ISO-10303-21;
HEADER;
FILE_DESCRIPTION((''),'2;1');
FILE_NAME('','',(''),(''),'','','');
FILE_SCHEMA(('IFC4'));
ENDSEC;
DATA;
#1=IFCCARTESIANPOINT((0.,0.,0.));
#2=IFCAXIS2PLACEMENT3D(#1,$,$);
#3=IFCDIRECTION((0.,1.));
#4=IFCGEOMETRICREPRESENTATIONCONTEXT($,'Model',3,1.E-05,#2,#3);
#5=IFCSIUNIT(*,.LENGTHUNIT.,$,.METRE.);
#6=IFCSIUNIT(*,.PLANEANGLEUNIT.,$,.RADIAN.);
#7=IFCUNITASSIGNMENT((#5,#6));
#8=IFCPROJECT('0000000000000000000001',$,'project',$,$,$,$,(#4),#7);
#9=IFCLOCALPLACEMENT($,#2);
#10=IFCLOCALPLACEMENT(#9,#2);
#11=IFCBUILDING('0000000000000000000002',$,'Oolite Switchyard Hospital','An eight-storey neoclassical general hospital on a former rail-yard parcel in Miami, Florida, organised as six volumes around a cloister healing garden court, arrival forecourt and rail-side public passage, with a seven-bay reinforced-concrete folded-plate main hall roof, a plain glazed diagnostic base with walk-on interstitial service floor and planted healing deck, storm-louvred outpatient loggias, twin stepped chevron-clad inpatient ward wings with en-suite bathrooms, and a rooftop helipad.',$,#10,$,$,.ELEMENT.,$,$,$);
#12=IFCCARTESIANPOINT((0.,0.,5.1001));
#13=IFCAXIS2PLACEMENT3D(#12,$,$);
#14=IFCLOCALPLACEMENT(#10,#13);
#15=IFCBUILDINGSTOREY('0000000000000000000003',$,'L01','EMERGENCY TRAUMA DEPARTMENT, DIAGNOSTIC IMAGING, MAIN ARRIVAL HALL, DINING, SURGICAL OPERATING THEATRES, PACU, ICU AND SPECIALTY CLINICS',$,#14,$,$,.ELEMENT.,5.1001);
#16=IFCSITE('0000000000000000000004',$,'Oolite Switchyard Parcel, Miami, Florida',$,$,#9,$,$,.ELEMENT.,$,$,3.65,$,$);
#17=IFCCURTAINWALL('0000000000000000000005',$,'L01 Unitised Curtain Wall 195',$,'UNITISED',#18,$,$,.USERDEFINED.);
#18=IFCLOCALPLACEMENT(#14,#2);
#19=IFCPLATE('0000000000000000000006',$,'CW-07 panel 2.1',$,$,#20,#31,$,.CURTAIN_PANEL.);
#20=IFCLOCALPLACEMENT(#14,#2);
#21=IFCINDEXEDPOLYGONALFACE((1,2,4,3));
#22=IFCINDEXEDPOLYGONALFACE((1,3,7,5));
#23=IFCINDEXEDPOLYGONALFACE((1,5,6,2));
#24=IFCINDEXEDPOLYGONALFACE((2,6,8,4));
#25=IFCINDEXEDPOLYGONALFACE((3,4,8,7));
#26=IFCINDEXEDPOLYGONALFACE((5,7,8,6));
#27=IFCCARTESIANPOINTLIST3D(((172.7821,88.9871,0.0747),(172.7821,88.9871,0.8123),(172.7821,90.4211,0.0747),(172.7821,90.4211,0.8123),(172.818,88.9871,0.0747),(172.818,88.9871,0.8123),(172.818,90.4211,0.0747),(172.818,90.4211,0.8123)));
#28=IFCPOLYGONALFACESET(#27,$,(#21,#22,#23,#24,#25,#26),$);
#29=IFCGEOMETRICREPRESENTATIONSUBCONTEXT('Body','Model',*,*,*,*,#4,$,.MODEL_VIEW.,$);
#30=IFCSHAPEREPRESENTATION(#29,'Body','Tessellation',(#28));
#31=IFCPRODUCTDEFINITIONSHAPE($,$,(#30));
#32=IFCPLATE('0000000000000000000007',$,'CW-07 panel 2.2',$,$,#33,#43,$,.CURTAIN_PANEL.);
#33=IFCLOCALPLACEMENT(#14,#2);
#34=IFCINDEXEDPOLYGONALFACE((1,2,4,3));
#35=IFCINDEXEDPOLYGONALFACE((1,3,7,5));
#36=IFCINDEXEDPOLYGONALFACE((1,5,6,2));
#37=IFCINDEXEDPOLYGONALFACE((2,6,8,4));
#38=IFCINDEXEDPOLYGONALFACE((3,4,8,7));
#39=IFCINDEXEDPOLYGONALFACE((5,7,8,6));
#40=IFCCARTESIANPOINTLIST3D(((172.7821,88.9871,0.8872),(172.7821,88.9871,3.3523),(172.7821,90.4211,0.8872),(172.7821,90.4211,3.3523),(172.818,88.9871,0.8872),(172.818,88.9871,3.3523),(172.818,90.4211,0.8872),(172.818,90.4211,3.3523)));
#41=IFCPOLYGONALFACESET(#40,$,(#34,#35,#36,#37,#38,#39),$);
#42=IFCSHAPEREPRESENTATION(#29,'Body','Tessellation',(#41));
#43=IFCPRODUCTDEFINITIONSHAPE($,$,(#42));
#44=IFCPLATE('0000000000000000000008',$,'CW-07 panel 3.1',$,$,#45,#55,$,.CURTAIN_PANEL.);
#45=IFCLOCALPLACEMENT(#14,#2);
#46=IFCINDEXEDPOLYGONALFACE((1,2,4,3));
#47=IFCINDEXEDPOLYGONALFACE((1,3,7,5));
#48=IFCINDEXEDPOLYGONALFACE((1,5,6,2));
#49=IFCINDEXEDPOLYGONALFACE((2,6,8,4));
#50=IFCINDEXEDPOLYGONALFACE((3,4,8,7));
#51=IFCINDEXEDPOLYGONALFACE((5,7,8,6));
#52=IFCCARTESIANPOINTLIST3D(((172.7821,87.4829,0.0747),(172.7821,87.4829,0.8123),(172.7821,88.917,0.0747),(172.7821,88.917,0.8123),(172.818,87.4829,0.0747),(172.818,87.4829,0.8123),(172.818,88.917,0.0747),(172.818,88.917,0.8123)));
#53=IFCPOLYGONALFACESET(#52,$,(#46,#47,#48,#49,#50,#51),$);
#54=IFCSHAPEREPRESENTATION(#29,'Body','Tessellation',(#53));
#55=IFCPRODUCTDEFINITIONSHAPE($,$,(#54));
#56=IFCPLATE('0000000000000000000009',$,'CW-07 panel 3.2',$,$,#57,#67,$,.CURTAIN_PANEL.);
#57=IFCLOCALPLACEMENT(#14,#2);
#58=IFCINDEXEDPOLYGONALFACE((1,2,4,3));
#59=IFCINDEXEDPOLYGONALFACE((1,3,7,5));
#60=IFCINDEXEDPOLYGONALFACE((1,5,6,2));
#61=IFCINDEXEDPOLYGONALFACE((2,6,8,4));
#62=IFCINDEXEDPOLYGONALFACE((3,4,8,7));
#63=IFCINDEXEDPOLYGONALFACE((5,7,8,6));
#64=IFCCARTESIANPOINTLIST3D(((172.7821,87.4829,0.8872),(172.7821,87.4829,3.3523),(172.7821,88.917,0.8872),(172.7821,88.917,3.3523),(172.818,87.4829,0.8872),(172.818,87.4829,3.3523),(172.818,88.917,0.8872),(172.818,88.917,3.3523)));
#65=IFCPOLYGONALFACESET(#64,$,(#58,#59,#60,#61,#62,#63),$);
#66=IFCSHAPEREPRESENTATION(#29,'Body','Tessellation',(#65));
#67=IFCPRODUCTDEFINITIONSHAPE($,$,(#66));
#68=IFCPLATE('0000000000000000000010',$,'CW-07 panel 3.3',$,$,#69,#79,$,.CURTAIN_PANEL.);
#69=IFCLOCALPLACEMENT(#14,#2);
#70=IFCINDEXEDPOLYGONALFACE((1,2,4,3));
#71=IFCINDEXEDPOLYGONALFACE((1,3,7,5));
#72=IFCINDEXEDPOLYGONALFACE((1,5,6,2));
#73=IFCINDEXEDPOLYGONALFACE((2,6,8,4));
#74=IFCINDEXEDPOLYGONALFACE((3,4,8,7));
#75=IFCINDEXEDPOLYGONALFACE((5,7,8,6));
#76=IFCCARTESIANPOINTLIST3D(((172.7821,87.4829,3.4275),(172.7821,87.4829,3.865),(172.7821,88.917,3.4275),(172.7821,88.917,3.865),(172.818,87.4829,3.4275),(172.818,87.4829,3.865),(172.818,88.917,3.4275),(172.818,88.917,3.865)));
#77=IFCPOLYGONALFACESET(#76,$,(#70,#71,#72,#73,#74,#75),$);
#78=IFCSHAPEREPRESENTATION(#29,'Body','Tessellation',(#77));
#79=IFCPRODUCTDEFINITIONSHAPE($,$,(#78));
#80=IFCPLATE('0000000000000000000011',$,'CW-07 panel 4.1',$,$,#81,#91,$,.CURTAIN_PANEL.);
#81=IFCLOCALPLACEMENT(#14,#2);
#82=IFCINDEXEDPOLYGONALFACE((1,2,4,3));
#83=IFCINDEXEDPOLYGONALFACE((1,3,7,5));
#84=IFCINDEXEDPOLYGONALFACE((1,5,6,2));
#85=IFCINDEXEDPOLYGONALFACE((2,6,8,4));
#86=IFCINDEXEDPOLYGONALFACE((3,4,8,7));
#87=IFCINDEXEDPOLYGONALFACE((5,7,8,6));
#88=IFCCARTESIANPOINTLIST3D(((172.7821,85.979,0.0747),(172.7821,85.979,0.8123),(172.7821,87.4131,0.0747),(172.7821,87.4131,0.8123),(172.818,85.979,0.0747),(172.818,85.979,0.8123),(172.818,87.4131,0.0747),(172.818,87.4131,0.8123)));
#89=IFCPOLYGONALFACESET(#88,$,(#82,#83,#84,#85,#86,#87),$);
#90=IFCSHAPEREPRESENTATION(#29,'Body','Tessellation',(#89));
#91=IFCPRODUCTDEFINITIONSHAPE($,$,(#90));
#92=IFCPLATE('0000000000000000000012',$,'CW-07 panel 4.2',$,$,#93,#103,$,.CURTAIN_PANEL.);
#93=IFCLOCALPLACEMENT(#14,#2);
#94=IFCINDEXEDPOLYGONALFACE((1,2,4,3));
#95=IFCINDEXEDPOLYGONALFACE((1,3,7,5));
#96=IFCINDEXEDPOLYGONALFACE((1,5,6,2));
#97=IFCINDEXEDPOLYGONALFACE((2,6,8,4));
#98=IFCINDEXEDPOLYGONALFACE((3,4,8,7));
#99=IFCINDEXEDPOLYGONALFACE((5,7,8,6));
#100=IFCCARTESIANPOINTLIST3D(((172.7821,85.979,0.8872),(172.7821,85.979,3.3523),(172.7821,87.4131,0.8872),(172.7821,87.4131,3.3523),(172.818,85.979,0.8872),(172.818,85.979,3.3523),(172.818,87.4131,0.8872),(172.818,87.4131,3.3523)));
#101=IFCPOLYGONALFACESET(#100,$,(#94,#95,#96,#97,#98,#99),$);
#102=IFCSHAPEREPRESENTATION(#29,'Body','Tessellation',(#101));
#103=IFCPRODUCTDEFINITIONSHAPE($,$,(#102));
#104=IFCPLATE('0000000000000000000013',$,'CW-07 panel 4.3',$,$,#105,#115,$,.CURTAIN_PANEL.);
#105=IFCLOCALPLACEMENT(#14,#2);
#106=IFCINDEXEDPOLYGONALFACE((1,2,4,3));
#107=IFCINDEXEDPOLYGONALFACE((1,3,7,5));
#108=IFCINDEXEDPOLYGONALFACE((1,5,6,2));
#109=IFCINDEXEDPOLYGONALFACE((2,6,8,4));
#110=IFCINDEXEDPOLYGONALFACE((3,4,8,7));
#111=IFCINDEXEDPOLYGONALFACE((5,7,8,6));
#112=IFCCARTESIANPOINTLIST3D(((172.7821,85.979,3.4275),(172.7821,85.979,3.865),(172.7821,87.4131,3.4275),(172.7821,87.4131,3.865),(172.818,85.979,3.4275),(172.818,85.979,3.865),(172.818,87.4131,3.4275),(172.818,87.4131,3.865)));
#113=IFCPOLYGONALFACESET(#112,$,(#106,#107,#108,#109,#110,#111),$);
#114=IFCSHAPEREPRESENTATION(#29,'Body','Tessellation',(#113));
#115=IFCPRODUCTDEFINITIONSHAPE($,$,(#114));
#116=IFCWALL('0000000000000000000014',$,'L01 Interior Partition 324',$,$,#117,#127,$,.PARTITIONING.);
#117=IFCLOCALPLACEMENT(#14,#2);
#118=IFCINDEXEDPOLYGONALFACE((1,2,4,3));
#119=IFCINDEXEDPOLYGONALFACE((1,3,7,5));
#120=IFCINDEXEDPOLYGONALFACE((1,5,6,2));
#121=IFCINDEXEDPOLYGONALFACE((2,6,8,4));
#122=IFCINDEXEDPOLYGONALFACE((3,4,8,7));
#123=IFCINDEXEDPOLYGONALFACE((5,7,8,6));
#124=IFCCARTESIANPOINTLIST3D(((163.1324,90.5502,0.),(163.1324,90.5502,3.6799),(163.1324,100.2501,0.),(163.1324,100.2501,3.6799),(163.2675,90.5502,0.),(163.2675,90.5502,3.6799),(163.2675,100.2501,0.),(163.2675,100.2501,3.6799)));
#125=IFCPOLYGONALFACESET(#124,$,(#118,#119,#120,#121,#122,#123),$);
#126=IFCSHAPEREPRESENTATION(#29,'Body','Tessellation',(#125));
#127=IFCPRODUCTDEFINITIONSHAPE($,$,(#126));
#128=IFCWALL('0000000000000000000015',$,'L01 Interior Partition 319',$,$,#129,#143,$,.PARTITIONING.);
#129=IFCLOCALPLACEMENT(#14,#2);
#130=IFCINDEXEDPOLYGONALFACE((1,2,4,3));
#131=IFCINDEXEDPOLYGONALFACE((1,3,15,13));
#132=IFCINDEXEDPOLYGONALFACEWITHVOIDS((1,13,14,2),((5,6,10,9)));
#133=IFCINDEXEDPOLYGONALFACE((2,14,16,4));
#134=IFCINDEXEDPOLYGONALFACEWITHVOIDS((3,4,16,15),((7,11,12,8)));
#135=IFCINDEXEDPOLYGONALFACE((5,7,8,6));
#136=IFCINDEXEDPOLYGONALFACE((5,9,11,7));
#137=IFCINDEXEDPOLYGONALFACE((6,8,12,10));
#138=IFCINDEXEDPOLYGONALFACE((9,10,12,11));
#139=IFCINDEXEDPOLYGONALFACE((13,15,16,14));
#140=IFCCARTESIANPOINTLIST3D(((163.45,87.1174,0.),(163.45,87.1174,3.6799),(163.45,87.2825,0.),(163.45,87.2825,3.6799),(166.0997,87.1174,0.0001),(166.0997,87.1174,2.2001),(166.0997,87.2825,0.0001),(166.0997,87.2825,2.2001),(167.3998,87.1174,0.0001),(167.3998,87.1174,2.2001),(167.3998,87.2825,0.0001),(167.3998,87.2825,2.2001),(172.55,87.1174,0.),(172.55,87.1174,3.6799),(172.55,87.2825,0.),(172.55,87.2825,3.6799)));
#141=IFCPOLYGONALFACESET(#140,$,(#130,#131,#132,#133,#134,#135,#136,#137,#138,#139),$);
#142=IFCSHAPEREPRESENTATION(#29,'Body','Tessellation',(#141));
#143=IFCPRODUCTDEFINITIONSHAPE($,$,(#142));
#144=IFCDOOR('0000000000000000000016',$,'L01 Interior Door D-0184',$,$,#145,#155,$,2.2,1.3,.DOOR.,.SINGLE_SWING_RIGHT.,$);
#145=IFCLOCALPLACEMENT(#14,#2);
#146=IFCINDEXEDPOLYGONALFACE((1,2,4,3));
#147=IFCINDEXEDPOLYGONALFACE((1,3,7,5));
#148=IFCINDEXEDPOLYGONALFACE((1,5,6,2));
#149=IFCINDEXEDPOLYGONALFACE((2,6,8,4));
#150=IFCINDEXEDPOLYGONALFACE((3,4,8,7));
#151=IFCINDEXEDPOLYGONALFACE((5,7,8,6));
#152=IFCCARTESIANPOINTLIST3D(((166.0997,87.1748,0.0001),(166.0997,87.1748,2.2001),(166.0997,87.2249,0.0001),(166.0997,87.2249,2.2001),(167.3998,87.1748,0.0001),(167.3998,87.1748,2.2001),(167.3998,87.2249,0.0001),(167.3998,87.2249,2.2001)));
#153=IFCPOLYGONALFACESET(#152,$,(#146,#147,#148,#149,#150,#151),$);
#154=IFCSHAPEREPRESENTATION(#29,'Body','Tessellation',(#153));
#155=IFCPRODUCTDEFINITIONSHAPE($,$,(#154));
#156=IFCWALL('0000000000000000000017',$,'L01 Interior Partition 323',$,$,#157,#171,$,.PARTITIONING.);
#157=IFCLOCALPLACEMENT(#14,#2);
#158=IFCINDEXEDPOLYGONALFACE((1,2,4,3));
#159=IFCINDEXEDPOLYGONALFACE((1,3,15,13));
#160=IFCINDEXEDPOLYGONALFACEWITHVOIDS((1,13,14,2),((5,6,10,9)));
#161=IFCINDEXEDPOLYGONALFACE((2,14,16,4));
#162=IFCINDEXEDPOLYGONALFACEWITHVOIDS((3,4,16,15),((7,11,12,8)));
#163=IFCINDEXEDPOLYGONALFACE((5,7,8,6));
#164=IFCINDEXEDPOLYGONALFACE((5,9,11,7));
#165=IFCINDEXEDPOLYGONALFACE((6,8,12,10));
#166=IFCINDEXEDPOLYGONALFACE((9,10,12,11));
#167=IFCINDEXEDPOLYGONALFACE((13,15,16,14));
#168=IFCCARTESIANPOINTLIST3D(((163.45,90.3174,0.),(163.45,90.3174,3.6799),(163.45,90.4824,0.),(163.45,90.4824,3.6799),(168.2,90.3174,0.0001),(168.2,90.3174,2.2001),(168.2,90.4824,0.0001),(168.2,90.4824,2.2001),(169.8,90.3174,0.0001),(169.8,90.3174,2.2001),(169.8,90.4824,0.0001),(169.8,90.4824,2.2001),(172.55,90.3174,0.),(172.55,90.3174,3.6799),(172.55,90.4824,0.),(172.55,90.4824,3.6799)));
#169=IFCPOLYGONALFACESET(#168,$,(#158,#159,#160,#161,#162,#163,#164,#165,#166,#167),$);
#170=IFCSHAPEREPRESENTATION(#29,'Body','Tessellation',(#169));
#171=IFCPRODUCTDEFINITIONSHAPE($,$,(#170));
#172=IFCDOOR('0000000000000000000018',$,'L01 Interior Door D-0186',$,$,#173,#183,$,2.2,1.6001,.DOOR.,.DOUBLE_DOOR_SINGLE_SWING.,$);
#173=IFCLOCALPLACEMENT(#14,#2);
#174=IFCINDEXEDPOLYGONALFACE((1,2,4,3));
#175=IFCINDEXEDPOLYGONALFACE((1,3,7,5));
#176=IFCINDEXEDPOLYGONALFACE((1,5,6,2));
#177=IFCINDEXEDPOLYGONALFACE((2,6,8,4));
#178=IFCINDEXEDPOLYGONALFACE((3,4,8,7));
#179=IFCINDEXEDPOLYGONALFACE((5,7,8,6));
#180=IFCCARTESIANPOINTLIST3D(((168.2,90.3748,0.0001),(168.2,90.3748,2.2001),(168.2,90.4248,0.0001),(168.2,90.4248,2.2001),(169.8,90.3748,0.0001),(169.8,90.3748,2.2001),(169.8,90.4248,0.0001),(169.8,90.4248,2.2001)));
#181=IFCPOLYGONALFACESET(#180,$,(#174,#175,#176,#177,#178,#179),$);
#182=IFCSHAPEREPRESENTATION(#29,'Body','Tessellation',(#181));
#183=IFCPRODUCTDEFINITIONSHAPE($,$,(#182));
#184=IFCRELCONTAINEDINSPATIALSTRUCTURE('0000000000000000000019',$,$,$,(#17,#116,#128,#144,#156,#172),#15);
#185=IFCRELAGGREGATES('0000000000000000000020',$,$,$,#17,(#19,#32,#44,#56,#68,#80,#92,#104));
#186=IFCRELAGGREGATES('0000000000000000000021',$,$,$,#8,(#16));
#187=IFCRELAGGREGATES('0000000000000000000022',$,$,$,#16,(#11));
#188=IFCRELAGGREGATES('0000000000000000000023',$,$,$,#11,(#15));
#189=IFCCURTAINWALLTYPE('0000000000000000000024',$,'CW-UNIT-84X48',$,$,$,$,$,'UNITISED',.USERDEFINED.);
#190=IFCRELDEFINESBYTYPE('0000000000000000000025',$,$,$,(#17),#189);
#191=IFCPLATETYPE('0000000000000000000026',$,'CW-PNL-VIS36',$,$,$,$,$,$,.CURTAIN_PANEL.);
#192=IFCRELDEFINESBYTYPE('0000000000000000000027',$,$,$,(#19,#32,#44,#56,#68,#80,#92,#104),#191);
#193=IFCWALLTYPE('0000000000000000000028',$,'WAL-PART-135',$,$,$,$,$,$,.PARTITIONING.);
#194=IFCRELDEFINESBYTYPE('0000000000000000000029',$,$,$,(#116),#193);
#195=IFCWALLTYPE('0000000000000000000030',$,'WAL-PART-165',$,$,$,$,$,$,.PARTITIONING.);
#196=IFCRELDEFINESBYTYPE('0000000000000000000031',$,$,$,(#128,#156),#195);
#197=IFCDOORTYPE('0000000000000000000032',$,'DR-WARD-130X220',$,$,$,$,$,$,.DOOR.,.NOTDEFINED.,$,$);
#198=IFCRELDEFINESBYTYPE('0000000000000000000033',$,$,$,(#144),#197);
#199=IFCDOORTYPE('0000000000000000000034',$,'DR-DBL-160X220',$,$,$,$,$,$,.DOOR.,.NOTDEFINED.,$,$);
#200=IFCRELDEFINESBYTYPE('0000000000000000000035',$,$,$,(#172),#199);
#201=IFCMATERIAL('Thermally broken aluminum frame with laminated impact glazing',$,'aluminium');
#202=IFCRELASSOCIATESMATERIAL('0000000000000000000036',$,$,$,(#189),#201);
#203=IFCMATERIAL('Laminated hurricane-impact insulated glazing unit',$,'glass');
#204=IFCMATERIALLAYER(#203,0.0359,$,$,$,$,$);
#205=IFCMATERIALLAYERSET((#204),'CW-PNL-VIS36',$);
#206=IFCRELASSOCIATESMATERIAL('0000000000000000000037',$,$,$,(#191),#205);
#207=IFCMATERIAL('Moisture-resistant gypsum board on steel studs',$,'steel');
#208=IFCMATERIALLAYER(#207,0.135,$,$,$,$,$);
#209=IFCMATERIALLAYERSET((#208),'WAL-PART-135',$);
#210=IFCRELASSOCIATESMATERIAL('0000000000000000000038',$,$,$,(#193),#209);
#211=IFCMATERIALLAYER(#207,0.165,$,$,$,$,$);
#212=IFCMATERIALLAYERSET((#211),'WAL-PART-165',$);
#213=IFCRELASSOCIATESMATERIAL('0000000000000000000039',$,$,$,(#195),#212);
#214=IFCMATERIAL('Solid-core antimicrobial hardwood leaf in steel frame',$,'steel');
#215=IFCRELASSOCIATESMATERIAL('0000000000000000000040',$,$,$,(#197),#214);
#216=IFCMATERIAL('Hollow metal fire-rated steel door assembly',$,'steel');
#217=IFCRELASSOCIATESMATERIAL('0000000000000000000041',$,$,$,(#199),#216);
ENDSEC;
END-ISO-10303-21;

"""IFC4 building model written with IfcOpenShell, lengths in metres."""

from ifc_helpers import new_model, si_unit, direction, frame, frame_2d, origin, origin_2d, place, context, subcontext, project, spatial, rectangle, extrude, material, layer, layer_set, type_object, element, fill, aggregate, save


model = new_model("IFC4")

# Units and contexts
model_context = context("Model", 3, precision=1e-05, world=origin(), true_north=direction((0.0, 1.0)))
body_context = subcontext(model_context, "Body", "Model", "MODEL_VIEW")
ifc_project = project(units=[si_unit("LENGTHUNIT", "METRE"), si_unit("PLANEANGLEUNIT", "RADIAN")], contexts=[model_context])

# Site, building, storey
site_placement = place(None, origin())
site = spatial("IfcSite", under=ifc_project, at=site_placement, Name="Oolite Switchyard Parcel, Miami, Florida", CompositionType="ELEMENT", RefElevation=3.65)
building_placement = place(site_placement, origin())
building = spatial("IfcBuilding", under=site, at=building_placement, Name="Oolite Switchyard Hospital", Description="An eight-storey neoclassical general hospital on a former rail-yard parcel in Miami, Florida, organised as six volumes around a cloister healing garden court, arrival forecourt and rail-side public passage, with a seven-bay reinforced-concrete folded-plate main hall roof, a plain glazed diagnostic base with walk-on interstitial service floor and planted healing deck, storm-louvred outpatient loggias, twin stepped chevron-clad inpatient ward wings with en-suite bathrooms, and a rooftop helipad.", CompositionType="ELEMENT")
storey_placement = place(building_placement, frame((0.0, 0.0, 5.1001)))
storey = spatial("IfcBuildingStorey", under=building, at=storey_placement, Name="L01", Description="EMERGENCY TRAUMA DEPARTMENT, DIAGNOSTIC IMAGING, MAIN ARRIVAL HALL, DINING, SURGICAL OPERATING THEATRES, PACU, ICU AND SPECIALTY CLINICS", CompositionType="ELEMENT", Elevation=5.1001)

# Curtain wall, plates
ifc_material_1 = material(Name="Thermally broken aluminum frame with laminated impact glazing", Category="aluminium")
curtain_wall_type = type_object("IfcCurtainWallType", Name="CW-UNIT-84X48", ElementType="UNITISED", PredefinedType="USERDEFINED", material=ifc_material_1)
curtain_wall_placement = place(storey_placement, origin())
curtain_wall = element("IfcCurtainWall", 1, at=curtain_wall_placement, inside=storey, type_object=curtain_wall_type, Name="L01 Unitised Curtain Wall 195", ObjectType="UNITISED", PredefinedType="USERDEFINED")
ifc_material_2 = material(Name="Laminated hurricane-impact insulated glazing unit", Category="glass")
ifc_layer_1 = layer(ifc_material_2, 0.0359)
ifc_layer_set_1 = layer_set([ifc_layer_1], Name="CW-PNL-VIS36")
plate_type = type_object("IfcPlateType", Name="CW-PNL-VIS36", PredefinedType="CURTAIN_PANEL", material=ifc_layer_set_1)
plate_1_placement = place(storey_placement, frame((172.8, 89.7041, 0.0747), z_axis=(0.0, 0.0, 1.0), x_axis=(0.0, -1.0, 0.0)))
plate_1 = element("IfcPlate", 2, at=plate_1_placement, type_object=plate_type, Name="CW-07 panel 2.1", PredefinedType="CURTAIN_PANEL", context=body_context, shape_type="SweptSolid", body=[
    extrude(rectangle(XDim=1.4341, YDim=0.0359, at=origin_2d()), origin(), (0.0, 0.0, 1.0), 0.7375),
])
plate_2_placement = place(storey_placement, frame((172.8, 89.7041, 0.8872), z_axis=(0.0, 0.0, 1.0), x_axis=(0.0, -1.0, 0.0)))
plate_2 = element("IfcPlate", 3, at=plate_2_placement, type_object=plate_type, Name="CW-07 panel 2.2", PredefinedType="CURTAIN_PANEL", context=body_context, shape_type="SweptSolid", body=[
    extrude(rectangle(XDim=1.4341, YDim=0.0359, at=origin_2d()), origin(), (0.0, 0.0, 1.0), 2.4651),
])
plate_3_placement = place(storey_placement, frame((172.8, 88.2, 0.0747), z_axis=(0.0, 0.0, 1.0), x_axis=(0.0, -1.0, 0.0)))
plate_3 = element("IfcPlate", 4, at=plate_3_placement, type_object=plate_type, Name="CW-07 panel 3.1", PredefinedType="CURTAIN_PANEL", context=body_context, shape_type="SweptSolid", body=[
    extrude(rectangle(XDim=1.4341, YDim=0.0359, at=origin_2d()), origin(), (0.0, 0.0, 1.0), 0.7375),
])
plate_4_placement = place(storey_placement, frame((172.8, 88.2, 0.8872), z_axis=(0.0, 0.0, 1.0), x_axis=(0.0, -1.0, 0.0)))
plate_4 = element("IfcPlate", 5, at=plate_4_placement, type_object=plate_type, Name="CW-07 panel 3.2", PredefinedType="CURTAIN_PANEL", context=body_context, shape_type="SweptSolid", body=[
    extrude(rectangle(XDim=1.4341, YDim=0.0359, at=origin_2d()), origin(), (0.0, 0.0, 1.0), 2.4651),
])
plate_5_placement = place(storey_placement, frame((172.8, 88.2, 3.4275), z_axis=(0.0, 0.0, 1.0), x_axis=(0.0, -1.0, 0.0)))
plate_5 = element("IfcPlate", 6, at=plate_5_placement, type_object=plate_type, Name="CW-07 panel 3.3", PredefinedType="CURTAIN_PANEL", context=body_context, shape_type="SweptSolid", body=[
    extrude(rectangle(XDim=1.4341, YDim=0.0359, at=origin_2d()), origin(), (0.0, 0.0, 1.0), 0.4375),
])
plate_6_placement = place(storey_placement, frame((172.8, 86.696, 0.0747), z_axis=(0.0, 0.0, 1.0), x_axis=(0.0, -1.0, 0.0)))
plate_6 = element("IfcPlate", 7, at=plate_6_placement, type_object=plate_type, Name="CW-07 panel 4.1", PredefinedType="CURTAIN_PANEL", context=body_context, shape_type="SweptSolid", body=[
    extrude(rectangle(XDim=1.4341, YDim=0.0359, at=origin_2d()), origin(), (0.0, 0.0, 1.0), 0.7375),
])
plate_7_placement = place(storey_placement, frame((172.8, 86.696, 0.8872), z_axis=(0.0, 0.0, 1.0), x_axis=(0.0, -1.0, 0.0)))
plate_7 = element("IfcPlate", 8, at=plate_7_placement, type_object=plate_type, Name="CW-07 panel 4.2", PredefinedType="CURTAIN_PANEL", context=body_context, shape_type="SweptSolid", body=[
    extrude(rectangle(XDim=1.4341, YDim=0.0359, at=origin_2d()), origin(), (0.0, 0.0, 1.0), 2.4651),
])
plate_8_placement = place(storey_placement, frame((172.8, 86.696, 3.4275), z_axis=(0.0, 0.0, 1.0), x_axis=(0.0, -1.0, 0.0)))
plate_8 = element("IfcPlate", 9, at=plate_8_placement, type_object=plate_type, Name="CW-07 panel 4.3", PredefinedType="CURTAIN_PANEL", context=body_context, shape_type="SweptSolid", body=[
    extrude(rectangle(XDim=1.4341, YDim=0.0359, at=origin_2d()), origin(), (0.0, 0.0, 1.0), 0.4375),
])
aggregate(curtain_wall, [plate_1, plate_2, plate_3, plate_4, plate_5, plate_6, plate_7, plate_8])

# Wall
ifc_material_3 = material(Name="Moisture-resistant gypsum board on steel studs", Category="steel")
ifc_layer_2 = layer(ifc_material_3, 0.135)
ifc_layer_set_2 = layer_set([ifc_layer_2], Name="WAL-PART-135")
wall_type_1 = type_object("IfcWallType", Name="WAL-PART-135", PredefinedType="PARTITIONING", material=ifc_layer_set_2)
wall_1_placement = place(storey_placement, frame((163.2, 90.55, 0.0), z_axis=(0.0, 0.0, 1.0), x_axis=(0.0, 1.0, 0.0)))
element("IfcWall", 10, at=wall_1_placement, inside=storey, type_object=wall_type_1, Name="L01 Interior Partition 324", PredefinedType="PARTITIONING", context=body_context, shape_type="SweptSolid", body=[
    extrude(rectangle(XDim=9.7, YDim=0.135, at=frame_2d((4.8501, 0.0))), origin(), (0.0, 0.0, 1.0), 3.6799),
])

# Walls, openings, doors
ifc_layer_3 = layer(ifc_material_3, 0.165)
ifc_layer_set_3 = layer_set([ifc_layer_3], Name="WAL-PART-165")
wall_type_2 = type_object("IfcWallType", Name="WAL-PART-165", PredefinedType="PARTITIONING", material=ifc_layer_set_3)
wall_2_placement = place(storey_placement, frame((163.45, 87.2, 0.0), z_axis=(0.0, 0.0, 1.0), x_axis=(1.0, 0.0, 0.0)))
wall_2 = element("IfcWall", 11, at=wall_2_placement, inside=storey, type_object=wall_type_2, Name="L01 Interior Partition 319", PredefinedType="PARTITIONING", context=body_context, shape_type="SweptSolid", body=[
    extrude(rectangle(XDim=9.1001, YDim=0.165, at=frame_2d((4.55, 0.0))), origin(), (0.0, 0.0, 1.0), 3.6799),
])
opening_1_placement = place(wall_2_placement, frame((2.6499, 0.0, 0.0)))
opening_1 = element("IfcOpeningElement", 12, at=opening_1_placement, cuts=wall_2, PredefinedType="OPENING", context=body_context, shape_type="SweptSolid", body=[
    extrude(rectangle(XDim=1.3, YDim=2.2, at=frame_2d((0.6499, 1.1001))), frame((0.0, 0.0925, 0.0), z_axis=(0.0, -1.0, 0.0), x_axis=(1.0, 0.0, 0.0)), (0.0, 0.0, 1.0), 0.1851),
])
ifc_material_4 = material(Name="Solid-core antimicrobial hardwood leaf in steel frame", Category="steel")
door_type_1 = type_object("IfcDoorType", Name="DR-WARD-130X220", OperationType="NOTDEFINED", PredefinedType="DOOR", material=ifc_material_4)
door_1_placement = place(opening_1_placement, origin())
door_1 = element("IfcDoor", 13, at=door_1_placement, inside=storey, type_object=door_type_1, Name="L01 Interior Door D-0184", OperationType="SINGLE_SWING_RIGHT", OverallHeight=2.2, OverallWidth=1.3, PredefinedType="DOOR", context=body_context, shape_type="SweptSolid", body=[
    extrude(rectangle(XDim=1.3, YDim=2.2, at=frame_2d((0.6499, 1.1001))), frame((0.0, 0.0249, 0.0), z_axis=(0.0, -1.0, 0.0), x_axis=(1.0, 0.0, 0.0)), (0.0, 0.0, 1.0), 0.05),
])
fill(opening_1, door_1)
wall_3_placement = place(storey_placement, frame((163.45, 90.3999, 0.0), z_axis=(0.0, 0.0, 1.0), x_axis=(1.0, 0.0, 0.0)))
wall_3 = element("IfcWall", 14, at=wall_3_placement, inside=storey, type_object=wall_type_2, Name="L01 Interior Partition 323", PredefinedType="PARTITIONING", context=body_context, shape_type="SweptSolid", body=[
    extrude(rectangle(XDim=9.1001, YDim=0.165, at=frame_2d((4.55, 0.0))), origin(), (0.0, 0.0, 1.0), 3.6799),
])
opening_2_placement = place(wall_3_placement, frame((4.75, 0.0, 0.0)))
opening_2 = element("IfcOpeningElement", 15, at=opening_2_placement, cuts=wall_3, PredefinedType="OPENING", context=body_context, shape_type="SweptSolid", body=[
    extrude(rectangle(XDim=1.6001, YDim=2.2, at=frame_2d((0.8, 1.1001))), frame((0.0, 0.0925, 0.0), z_axis=(0.0, -1.0, 0.0), x_axis=(1.0, 0.0, 0.0)), (0.0, 0.0, 1.0), 0.1851),
])
ifc_material_5 = material(Name="Hollow metal fire-rated steel door assembly", Category="steel")
door_type_2 = type_object("IfcDoorType", Name="DR-DBL-160X220", OperationType="NOTDEFINED", PredefinedType="DOOR", material=ifc_material_5)
door_2_placement = place(opening_2_placement, origin())
door_2 = element("IfcDoor", 16, at=door_2_placement, inside=storey, type_object=door_type_2, Name="L01 Interior Door D-0186", OperationType="DOUBLE_DOOR_SINGLE_SWING", OverallHeight=2.2, OverallWidth=1.6001, PredefinedType="DOOR", context=body_context, shape_type="SweptSolid", body=[
    extrude(rectangle(XDim=1.6001, YDim=2.2, at=frame_2d((0.8, 1.1001))), frame((0.0, 0.0249, 0.0), z_axis=(0.0, -1.0, 0.0), x_axis=(1.0, 0.0, 0.0)), (0.0, 0.0, 1.0), 0.05),
])
fill(opening_2, door_2)

save(model, "model.ifc")
